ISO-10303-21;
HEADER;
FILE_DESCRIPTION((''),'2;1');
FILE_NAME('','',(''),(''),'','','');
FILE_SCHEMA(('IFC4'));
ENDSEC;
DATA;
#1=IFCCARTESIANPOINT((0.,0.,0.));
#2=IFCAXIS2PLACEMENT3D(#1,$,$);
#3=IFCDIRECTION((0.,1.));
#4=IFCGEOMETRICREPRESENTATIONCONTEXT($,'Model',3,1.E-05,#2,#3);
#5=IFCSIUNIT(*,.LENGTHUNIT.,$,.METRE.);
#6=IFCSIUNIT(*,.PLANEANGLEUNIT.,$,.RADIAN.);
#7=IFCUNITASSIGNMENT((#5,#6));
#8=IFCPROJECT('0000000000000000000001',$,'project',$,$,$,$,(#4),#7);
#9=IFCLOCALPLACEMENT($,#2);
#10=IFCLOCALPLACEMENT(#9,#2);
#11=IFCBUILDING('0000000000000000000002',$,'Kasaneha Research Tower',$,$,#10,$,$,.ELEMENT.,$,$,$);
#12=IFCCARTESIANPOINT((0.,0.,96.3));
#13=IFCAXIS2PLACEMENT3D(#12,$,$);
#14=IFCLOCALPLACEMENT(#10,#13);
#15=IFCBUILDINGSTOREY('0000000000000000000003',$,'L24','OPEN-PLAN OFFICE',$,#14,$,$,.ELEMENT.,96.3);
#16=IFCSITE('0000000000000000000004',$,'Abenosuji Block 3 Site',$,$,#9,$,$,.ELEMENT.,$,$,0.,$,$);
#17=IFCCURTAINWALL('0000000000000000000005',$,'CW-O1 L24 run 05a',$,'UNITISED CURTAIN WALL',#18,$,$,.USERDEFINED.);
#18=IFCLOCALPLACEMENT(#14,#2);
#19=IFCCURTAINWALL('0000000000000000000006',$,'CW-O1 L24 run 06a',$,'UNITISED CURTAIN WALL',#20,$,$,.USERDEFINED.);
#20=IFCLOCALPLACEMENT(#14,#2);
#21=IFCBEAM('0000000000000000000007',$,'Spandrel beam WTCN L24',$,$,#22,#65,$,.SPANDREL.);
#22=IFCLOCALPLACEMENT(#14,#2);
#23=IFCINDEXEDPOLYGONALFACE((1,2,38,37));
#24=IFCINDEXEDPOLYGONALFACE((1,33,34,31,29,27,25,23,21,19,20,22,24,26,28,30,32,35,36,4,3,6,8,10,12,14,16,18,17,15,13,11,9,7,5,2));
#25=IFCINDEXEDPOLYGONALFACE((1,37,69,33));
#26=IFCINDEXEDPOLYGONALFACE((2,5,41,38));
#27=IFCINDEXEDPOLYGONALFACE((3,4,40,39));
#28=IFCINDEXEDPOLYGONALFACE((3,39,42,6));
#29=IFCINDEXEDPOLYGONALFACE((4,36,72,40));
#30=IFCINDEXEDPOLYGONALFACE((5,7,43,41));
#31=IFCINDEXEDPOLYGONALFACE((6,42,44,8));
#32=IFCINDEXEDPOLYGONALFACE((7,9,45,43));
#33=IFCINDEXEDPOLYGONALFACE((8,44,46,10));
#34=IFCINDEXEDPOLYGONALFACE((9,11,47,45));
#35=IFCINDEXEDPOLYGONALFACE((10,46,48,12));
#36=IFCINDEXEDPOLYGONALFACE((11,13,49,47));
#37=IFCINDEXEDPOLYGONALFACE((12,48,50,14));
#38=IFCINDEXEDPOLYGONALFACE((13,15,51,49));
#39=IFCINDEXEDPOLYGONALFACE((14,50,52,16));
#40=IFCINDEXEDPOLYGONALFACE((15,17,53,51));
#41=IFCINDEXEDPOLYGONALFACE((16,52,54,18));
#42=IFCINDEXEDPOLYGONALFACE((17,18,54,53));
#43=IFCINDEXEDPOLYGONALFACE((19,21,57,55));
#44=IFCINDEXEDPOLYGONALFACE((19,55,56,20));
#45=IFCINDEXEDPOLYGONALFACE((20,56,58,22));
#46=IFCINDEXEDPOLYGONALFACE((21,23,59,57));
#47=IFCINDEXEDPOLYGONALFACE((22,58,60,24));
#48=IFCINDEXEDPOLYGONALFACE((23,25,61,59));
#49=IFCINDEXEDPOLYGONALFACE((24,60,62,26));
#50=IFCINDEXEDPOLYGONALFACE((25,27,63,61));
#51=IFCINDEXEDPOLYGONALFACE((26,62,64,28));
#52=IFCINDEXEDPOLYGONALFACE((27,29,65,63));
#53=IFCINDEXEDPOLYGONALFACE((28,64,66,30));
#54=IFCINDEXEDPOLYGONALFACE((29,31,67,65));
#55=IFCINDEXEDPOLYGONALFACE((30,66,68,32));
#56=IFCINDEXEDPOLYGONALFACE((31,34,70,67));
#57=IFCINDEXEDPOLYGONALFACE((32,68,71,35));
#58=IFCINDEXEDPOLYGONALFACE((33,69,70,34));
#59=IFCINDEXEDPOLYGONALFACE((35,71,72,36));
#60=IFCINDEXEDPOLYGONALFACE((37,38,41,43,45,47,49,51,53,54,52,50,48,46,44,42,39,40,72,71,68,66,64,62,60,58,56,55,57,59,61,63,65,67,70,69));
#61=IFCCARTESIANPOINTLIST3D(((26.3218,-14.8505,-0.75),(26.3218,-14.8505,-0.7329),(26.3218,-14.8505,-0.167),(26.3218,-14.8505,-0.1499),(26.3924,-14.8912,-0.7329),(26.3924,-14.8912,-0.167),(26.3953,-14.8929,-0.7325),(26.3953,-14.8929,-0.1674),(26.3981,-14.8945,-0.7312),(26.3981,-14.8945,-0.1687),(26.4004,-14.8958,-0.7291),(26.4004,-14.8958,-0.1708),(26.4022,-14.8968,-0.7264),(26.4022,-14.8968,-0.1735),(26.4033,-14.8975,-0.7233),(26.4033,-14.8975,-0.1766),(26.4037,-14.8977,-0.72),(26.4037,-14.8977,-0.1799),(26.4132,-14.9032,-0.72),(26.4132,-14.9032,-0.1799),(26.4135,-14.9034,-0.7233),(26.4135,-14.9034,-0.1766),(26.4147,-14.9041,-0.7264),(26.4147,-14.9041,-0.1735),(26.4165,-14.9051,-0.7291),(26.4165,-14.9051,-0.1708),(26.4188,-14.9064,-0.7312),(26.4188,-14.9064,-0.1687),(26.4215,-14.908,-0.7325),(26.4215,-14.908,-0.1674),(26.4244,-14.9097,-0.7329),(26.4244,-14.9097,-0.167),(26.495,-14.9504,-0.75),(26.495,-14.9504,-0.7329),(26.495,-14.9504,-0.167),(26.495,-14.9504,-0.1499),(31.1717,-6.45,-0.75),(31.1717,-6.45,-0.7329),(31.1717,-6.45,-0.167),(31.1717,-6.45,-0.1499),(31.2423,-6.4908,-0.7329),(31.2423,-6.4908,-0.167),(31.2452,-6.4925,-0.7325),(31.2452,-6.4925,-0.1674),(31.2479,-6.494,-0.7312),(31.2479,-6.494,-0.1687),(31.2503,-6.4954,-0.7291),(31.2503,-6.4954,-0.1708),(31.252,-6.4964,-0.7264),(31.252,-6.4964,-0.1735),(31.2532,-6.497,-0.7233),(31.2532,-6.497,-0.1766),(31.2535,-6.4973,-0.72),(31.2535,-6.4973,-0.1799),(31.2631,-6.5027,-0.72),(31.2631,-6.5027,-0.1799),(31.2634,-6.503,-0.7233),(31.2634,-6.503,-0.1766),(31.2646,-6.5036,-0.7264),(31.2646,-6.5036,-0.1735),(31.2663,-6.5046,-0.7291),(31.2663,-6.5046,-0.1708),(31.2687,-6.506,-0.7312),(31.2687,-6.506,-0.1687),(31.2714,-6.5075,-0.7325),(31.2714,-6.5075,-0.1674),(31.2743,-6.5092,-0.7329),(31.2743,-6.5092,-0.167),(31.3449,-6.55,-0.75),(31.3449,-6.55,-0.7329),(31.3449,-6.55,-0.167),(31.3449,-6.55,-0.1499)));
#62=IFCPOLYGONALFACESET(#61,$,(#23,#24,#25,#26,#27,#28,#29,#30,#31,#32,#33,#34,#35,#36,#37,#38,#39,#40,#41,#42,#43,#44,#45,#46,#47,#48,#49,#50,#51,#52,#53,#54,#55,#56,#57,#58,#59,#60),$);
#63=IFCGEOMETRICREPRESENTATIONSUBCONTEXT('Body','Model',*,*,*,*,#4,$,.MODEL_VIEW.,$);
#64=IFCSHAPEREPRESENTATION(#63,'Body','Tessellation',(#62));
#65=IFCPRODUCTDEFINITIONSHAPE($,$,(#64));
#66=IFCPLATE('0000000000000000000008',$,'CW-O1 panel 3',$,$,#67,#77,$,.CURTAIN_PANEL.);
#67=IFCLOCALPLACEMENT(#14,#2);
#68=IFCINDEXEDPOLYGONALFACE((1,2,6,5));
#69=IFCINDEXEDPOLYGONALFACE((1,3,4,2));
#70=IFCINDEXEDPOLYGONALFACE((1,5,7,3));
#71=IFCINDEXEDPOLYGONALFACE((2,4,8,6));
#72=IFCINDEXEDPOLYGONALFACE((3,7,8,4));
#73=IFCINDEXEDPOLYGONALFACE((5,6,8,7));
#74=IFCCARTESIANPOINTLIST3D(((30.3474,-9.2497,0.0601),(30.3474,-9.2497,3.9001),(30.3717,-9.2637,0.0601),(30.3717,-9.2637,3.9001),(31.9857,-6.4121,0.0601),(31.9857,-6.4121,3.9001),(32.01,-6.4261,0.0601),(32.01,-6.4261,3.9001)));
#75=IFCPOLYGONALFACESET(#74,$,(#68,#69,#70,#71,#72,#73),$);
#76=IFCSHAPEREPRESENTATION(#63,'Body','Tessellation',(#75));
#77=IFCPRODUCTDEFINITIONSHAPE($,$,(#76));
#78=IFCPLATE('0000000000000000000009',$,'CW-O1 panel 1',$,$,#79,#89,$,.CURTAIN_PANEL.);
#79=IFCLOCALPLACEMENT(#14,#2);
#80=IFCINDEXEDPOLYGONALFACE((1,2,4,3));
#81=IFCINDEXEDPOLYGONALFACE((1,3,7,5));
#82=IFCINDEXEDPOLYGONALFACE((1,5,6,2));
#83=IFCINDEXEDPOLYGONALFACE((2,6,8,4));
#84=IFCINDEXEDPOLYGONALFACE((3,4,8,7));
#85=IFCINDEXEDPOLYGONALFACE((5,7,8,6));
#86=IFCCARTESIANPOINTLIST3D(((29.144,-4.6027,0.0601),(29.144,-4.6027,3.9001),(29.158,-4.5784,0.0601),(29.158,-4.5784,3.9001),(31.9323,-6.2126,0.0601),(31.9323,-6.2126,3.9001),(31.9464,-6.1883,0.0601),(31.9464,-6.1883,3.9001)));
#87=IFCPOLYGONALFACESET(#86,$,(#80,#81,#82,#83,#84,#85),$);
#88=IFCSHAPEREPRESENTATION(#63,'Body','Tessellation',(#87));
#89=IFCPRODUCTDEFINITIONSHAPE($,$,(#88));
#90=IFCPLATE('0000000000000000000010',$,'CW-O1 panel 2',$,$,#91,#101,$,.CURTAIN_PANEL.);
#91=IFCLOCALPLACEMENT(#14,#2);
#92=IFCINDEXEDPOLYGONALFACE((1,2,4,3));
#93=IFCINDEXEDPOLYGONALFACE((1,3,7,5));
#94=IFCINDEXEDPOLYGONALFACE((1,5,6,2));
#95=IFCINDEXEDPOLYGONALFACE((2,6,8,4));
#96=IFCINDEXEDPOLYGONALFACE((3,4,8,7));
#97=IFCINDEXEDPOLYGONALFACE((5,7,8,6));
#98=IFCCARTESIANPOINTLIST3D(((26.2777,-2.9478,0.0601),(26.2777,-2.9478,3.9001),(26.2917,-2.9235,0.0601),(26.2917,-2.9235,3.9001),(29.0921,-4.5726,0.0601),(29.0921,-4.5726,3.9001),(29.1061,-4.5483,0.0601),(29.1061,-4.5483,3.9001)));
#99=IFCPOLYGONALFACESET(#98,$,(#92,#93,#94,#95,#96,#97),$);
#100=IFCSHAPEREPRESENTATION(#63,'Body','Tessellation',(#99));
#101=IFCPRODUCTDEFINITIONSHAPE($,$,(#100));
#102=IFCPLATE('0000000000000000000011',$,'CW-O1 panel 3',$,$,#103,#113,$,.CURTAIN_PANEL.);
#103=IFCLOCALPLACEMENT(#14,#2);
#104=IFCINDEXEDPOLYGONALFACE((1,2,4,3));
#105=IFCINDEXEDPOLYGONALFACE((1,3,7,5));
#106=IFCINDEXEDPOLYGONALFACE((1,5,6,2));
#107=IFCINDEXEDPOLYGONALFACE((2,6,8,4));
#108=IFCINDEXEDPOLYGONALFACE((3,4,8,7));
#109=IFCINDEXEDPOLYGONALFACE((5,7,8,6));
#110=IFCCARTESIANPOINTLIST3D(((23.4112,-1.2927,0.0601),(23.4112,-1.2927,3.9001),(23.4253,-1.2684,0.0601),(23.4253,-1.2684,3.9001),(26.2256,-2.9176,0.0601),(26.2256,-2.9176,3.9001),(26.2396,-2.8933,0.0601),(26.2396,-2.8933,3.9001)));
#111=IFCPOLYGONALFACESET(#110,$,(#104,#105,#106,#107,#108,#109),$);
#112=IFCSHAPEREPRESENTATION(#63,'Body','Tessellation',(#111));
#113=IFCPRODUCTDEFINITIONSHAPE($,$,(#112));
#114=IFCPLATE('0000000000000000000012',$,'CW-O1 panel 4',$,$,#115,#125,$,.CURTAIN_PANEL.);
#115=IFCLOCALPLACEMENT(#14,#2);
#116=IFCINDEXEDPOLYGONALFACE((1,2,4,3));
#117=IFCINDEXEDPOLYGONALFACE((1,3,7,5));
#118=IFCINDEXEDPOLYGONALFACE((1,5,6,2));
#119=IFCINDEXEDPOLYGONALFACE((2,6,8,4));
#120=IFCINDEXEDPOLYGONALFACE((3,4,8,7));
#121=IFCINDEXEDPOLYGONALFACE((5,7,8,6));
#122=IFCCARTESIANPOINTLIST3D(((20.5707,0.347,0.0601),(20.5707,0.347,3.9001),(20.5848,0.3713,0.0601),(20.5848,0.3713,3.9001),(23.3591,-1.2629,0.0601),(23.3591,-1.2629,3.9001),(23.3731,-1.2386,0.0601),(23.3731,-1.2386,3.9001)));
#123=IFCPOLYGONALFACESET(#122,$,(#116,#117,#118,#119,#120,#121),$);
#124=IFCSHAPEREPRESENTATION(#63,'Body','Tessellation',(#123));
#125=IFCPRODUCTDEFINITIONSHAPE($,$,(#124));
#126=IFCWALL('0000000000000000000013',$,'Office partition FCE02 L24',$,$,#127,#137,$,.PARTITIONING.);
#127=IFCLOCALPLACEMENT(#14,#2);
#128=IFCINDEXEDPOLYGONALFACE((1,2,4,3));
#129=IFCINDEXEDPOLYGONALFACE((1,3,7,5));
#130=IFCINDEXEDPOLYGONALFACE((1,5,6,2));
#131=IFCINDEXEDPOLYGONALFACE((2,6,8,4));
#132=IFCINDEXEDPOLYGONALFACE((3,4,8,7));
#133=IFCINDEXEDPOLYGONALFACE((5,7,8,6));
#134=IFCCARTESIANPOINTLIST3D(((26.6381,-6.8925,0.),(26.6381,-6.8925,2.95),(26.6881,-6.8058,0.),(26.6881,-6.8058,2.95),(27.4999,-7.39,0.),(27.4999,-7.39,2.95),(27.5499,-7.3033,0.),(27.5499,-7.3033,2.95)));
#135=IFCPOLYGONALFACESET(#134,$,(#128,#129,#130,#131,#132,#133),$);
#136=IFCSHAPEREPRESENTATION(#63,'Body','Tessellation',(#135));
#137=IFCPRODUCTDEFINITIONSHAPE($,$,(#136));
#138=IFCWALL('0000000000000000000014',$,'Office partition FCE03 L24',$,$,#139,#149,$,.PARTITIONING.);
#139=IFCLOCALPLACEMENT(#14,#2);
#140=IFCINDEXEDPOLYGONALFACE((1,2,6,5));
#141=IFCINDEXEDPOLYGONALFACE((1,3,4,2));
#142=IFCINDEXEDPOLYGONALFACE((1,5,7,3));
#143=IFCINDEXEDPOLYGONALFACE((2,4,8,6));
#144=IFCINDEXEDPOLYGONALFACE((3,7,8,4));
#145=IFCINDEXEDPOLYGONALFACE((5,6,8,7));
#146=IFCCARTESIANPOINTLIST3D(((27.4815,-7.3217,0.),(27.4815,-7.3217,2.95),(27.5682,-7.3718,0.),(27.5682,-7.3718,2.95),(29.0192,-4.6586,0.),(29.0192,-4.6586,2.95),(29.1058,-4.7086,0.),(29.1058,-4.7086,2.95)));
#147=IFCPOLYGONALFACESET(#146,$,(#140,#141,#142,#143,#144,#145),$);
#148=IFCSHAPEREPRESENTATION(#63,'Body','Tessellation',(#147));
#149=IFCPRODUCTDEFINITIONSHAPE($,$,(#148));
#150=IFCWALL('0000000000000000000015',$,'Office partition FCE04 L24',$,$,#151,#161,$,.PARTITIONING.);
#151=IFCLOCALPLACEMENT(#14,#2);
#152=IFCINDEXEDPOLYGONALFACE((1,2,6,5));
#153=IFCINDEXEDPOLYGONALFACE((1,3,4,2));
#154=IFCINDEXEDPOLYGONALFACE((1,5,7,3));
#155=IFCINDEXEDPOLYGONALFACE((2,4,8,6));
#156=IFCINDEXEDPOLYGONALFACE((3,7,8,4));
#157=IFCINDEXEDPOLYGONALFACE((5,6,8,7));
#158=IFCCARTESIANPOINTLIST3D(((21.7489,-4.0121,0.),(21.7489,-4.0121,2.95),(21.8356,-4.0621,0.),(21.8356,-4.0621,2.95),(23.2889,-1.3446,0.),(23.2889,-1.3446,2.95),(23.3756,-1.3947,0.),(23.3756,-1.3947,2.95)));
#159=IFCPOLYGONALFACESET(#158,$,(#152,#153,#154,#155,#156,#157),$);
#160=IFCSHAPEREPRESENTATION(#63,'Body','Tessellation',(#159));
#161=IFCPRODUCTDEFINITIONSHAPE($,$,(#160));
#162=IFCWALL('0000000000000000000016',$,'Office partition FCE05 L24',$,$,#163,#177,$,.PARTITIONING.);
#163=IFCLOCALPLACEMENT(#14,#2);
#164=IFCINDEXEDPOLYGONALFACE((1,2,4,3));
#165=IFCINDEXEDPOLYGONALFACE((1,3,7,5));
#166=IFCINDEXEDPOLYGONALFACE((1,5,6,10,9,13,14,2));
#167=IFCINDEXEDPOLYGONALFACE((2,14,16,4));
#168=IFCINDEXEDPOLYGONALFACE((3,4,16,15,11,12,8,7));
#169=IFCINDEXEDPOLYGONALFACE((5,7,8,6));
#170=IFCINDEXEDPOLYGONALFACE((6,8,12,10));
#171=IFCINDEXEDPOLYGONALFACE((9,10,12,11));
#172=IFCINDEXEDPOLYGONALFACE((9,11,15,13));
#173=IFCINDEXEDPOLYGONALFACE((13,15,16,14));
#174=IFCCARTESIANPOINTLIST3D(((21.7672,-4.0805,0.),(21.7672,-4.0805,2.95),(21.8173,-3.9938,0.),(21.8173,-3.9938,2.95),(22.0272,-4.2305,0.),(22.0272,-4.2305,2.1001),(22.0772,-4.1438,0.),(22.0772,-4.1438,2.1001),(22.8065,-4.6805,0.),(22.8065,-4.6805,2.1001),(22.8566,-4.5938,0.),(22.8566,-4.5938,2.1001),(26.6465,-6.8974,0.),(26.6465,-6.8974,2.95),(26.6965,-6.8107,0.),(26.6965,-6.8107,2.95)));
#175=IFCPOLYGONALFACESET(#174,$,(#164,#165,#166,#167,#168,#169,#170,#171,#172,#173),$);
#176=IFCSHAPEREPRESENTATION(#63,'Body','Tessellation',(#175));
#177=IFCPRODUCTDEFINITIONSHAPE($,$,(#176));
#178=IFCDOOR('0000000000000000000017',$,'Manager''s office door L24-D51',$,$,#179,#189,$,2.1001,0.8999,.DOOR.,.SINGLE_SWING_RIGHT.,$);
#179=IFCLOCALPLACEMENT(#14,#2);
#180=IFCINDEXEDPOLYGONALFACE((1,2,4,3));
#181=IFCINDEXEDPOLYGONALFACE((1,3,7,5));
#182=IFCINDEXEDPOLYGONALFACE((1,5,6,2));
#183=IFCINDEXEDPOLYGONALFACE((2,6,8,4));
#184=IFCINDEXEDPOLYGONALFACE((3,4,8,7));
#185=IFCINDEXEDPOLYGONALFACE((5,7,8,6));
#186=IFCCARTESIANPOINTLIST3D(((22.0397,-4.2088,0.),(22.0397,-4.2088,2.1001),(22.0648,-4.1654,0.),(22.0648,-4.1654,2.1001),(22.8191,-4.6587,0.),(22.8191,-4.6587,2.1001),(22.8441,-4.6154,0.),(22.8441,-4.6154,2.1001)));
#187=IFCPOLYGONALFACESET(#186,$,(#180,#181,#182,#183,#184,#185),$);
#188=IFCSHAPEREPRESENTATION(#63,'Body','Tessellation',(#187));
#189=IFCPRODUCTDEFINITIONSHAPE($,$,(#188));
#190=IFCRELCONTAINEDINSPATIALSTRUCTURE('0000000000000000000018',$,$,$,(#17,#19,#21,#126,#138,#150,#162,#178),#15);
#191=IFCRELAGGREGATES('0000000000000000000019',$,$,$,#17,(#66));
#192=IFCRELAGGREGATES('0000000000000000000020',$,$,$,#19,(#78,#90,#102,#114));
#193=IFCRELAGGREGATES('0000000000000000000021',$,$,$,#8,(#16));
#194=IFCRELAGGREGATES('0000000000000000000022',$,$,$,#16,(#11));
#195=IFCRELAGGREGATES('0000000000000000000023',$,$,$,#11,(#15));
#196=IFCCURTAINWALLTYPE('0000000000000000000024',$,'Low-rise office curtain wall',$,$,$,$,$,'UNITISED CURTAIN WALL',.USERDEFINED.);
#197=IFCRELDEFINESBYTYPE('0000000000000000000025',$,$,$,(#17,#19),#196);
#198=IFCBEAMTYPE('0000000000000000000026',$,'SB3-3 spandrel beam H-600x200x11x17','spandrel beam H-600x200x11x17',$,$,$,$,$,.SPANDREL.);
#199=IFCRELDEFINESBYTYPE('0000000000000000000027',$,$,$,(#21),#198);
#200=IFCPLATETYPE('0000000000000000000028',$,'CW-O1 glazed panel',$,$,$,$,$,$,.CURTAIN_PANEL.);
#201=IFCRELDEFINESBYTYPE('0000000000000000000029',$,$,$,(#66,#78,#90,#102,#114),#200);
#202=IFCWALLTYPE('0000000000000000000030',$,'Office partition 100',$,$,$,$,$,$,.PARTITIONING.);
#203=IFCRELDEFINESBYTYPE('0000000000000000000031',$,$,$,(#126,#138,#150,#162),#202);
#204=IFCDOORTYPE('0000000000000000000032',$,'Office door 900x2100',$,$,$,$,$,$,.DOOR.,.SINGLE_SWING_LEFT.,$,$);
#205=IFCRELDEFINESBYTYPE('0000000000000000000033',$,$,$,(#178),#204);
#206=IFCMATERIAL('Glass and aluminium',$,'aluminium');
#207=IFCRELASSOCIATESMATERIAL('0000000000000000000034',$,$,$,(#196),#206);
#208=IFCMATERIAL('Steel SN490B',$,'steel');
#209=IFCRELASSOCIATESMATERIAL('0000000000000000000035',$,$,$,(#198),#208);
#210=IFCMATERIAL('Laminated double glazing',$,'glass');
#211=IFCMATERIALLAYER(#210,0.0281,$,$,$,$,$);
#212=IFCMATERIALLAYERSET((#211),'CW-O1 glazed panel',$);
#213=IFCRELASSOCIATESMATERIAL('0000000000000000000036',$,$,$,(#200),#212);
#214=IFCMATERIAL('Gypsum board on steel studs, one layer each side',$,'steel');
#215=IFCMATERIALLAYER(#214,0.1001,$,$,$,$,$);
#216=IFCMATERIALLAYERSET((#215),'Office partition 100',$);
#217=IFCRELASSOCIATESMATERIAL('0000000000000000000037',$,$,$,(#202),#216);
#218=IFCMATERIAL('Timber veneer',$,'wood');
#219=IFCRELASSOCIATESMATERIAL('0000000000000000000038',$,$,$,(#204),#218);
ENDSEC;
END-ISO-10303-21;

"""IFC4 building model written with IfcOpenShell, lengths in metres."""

from ifc_helpers import new_model, si_unit, direction, frame, frame_2d, origin, origin_2d, place, context, subcontext, project, spatial, rectangle, i_section, extrude, material, layer, layer_set, material_profile, profile_set, type_object, element, fill, aggregate, save


model = new_model("IFC4")

# Units and contexts
model_context = context("Model", 3, precision=1e-05, world=origin(), true_north=direction((0.0, 1.0)))
body_context = subcontext(model_context, "Body", "Model", "MODEL_VIEW")
ifc_project = project(units=[si_unit("LENGTHUNIT", "METRE"), si_unit("PLANEANGLEUNIT", "RADIAN")], contexts=[model_context])

# Site, building, storey
site_placement = place(None, origin())
site = spatial("IfcSite", under=ifc_project, at=site_placement, Name="Abenosuji Block 3 Site", CompositionType="ELEMENT", RefElevation=0.0)
building_placement = place(site_placement, origin())
building = spatial("IfcBuilding", under=site, at=building_placement, Name="Kasaneha Research Tower", CompositionType="ELEMENT")
storey_placement = place(building_placement, frame((0.0, 0.0, 96.3)))
storey = spatial("IfcBuildingStorey", under=building, at=storey_placement, Name="L24", Description="OPEN-PLAN OFFICE", CompositionType="ELEMENT", Elevation=96.3)

# Curtain walls
ifc_material_1 = material(Name="Glass and aluminium", Category="aluminium")
curtain_wall_type = type_object("IfcCurtainWallType", Name="Low-rise office curtain wall", ElementType="UNITISED CURTAIN WALL", PredefinedType="USERDEFINED", material=ifc_material_1)
curtain_wall_1_placement = place(storey_placement, origin())
curtain_wall_1 = element("IfcCurtainWall", 1, at=curtain_wall_1_placement, inside=storey, type_object=curtain_wall_type, Name="CW-O1 L24 run 05a", ObjectType="UNITISED CURTAIN WALL", PredefinedType="USERDEFINED")
curtain_wall_2_placement = place(storey_placement, origin())
curtain_wall_2 = element("IfcCurtainWall", 2, at=curtain_wall_2_placement, inside=storey, type_object=curtain_wall_type, Name="CW-O1 L24 run 06a", ObjectType="UNITISED CURTAIN WALL", PredefinedType="USERDEFINED")

# Beam
ifc_material_2 = material(Name="Steel SN490B", Category="steel")
ifc_material_profile_1 = material_profile(ifc_material_2, i_section(OverallWidth=0.2, OverallDepth=0.6001, WebThickness=0.011, FlangeThickness=0.0171, FilletRadius=0.0129, at=origin_2d()), Name="H-600x200x11x17")
ifc_profile_set_1 = profile_set([ifc_material_profile_1], Name="Steel SN490B")
beam_type_1 = type_object("IfcBeamType", Name="SB3-3 spandrel beam H-600x200x11x17", Description="spandrel beam H-600x200x11x17", PredefinedType="SPANDREL", material=ifc_profile_set_1)
beam_1_placement = place(storey_placement, frame((31.2583, -6.5, -0.45), z_axis=(-0.499991, -0.866031, 0.0), x_axis=(0.866031, -0.499991, 0.0)))
element("IfcBeam", 3, at=beam_1_placement, inside=storey, type_object=beam_type_1, Name="Spandrel beam WTCN L24", PredefinedType="SPANDREL", context=body_context, shape_type="SweptSolid", body=[
    extrude(i_section(OverallWidth=0.2, OverallDepth=0.6001, WebThickness=0.011, FlangeThickness=0.0171, FilletRadius=0.0129, at=origin_2d()), origin(), (0.0, 0.0, 1.0), 9.7),
])

# Plates
ifc_material_3 = material(Name="Laminated double glazing", Category="glass")
ifc_layer_1 = layer(ifc_material_3, 0.0281)
ifc_layer_set_1 = layer_set([ifc_layer_1], Name="CW-O1 glazed panel")
plate_type = type_object("IfcPlateType", Name="CW-O1 glazed panel", PredefinedType="CURTAIN_PANEL", material=ifc_layer_set_1)
plate_1_placement = place(storey_placement, frame((31.1787, -7.8379, 0.0601), z_axis=(0.0, 0.0, 1.0), x_axis=(0.5, 0.866025, 0.0)))
plate_1 = element("IfcPlate", 4, at=plate_1_placement, type_object=plate_type, Name="CW-O1 panel 3", PredefinedType="CURTAIN_PANEL", context=body_context, shape_type="SweptSolid", body=[
    extrude(rectangle(XDim=3.2766, YDim=0.0281, at=origin_2d()), origin(), (0.0, 0.0, 1.0), 3.8401),
])
aggregate(curtain_wall_1, [plate_1])
plate_2_placement = place(storey_placement, frame((30.5452, -5.3955, 0.0601), z_axis=(0.0, 0.0, 1.0), x_axis=(-0.866025, 0.5, 0.0)))
plate_2 = element("IfcPlate", 5, at=plate_2_placement, type_object=plate_type, Name="CW-O1 panel 1", PredefinedType="CURTAIN_PANEL", context=body_context, shape_type="SweptSolid", body=[
    extrude(rectangle(XDim=3.2197, YDim=0.0281, at=origin_2d()), origin(), (0.0, 0.0, 1.0), 3.8401),
])
plate_3_placement = place(storey_placement, frame((27.6919, -3.748, 0.0601), z_axis=(0.0, 0.0, 1.0), x_axis=(-0.866025, 0.5, 0.0)))
plate_3 = element("IfcPlate", 6, at=plate_3_placement, type_object=plate_type, Name="CW-O1 panel 2", PredefinedType="CURTAIN_PANEL", context=body_context, shape_type="SweptSolid", body=[
    extrude(rectangle(XDim=3.2498, YDim=0.0281, at=origin_2d()), origin(), (0.0, 0.0, 1.0), 3.8401),
])
plate_4_placement = place(storey_placement, frame((24.8254, -2.093, 0.0601), z_axis=(0.0, 0.0, 1.0), x_axis=(-0.866025, 0.5, 0.0)))
plate_4 = element("IfcPlate", 7, at=plate_4_placement, type_object=plate_type, Name="CW-O1 panel 3", PredefinedType="CURTAIN_PANEL", context=body_context, shape_type="SweptSolid", body=[
    extrude(rectangle(XDim=3.2498, YDim=0.0281, at=origin_2d()), origin(), (0.0, 0.0, 1.0), 3.8401),
])
plate_5_placement = place(storey_placement, frame((21.9719, -0.4458, 0.0601), z_axis=(0.0, 0.0, 1.0), x_axis=(-0.866025, 0.5, 0.0)))
plate_5 = element("IfcPlate", 8, at=plate_5_placement, type_object=plate_type, Name="CW-O1 panel 4", PredefinedType="CURTAIN_PANEL", context=body_context, shape_type="SweptSolid", body=[
    extrude(rectangle(XDim=3.2197, YDim=0.0281, at=origin_2d()), origin(), (0.0, 0.0, 1.0), 3.8401),
])
aggregate(curtain_wall_2, [plate_2, plate_3, plate_4, plate_5])

# Walls
ifc_material_4 = material(Name="Gypsum board on steel studs, one layer each side", Category="steel")
ifc_layer_2 = layer(ifc_material_4, 0.1001)
ifc_layer_set_2 = layer_set([ifc_layer_2], Name="Office partition 100")
wall_type_1 = type_object("IfcWallType", Name="Office partition 100", PredefinedType="PARTITIONING", material=ifc_layer_set_2)
wall_1_placement = place(storey_placement, frame((27.5249, -7.3467, 0.0), z_axis=(0.0, 0.0, 1.0), x_axis=(-0.86603, 0.499991, 0.0)))
element("IfcWall", 9, at=wall_1_placement, inside=storey, type_object=wall_type_1, Name="Office partition FCE02 L24", PredefinedType="PARTITIONING", context=body_context, shape_type="SweptSolid", body=[
    extrude(rectangle(XDim=0.9951, YDim=0.1001, at=frame_2d((0.4976, 0.0))), origin(), (0.0, 0.0, 1.0), 2.95),
])
wall_2_placement = place(storey_placement, frame((29.0625, -4.6836, 0.0), z_axis=(0.0, 0.0, 1.0), x_axis=(-0.500016, -0.866016, 0.0)))
element("IfcWall", 10, at=wall_2_placement, inside=storey, type_object=wall_type_1, Name="Office partition FCE03 L24", PredefinedType="PARTITIONING", context=body_context, shape_type="SweptSolid", body=[
    extrude(rectangle(XDim=3.0752, YDim=0.1001, at=frame_2d((1.5376, 0.0))), origin(), (0.0, 0.0, 1.0), 2.95),
])
wall_3_placement = place(storey_placement, frame((21.7922, -4.0371, 0.0), z_axis=(0.0, 0.0, 1.0), x_axis=(0.499992, 0.86603, 0.0)))
element("IfcWall", 11, at=wall_3_placement, inside=storey, type_object=wall_type_1, Name="Office partition FCE04 L24", PredefinedType="PARTITIONING", context=body_context, shape_type="SweptSolid", body=[
    extrude(rectangle(XDim=3.0801, YDim=0.1001, at=frame_2d((1.54, 0.0))), origin(), (0.0, 0.0, 1.0), 2.95),
])

# Wall, opening, door
wall_4_placement = place(storey_placement, frame((26.6714, -6.854, 0.0), z_axis=(0.0, 0.0, 1.0), x_axis=(-0.866032, 0.499989, 0.0)))
wall_4 = element("IfcWall", 12, at=wall_4_placement, inside=storey, type_object=wall_type_1, Name="Office partition FCE05 L24", PredefinedType="PARTITIONING", context=body_context, shape_type="SweptSolid", body=[
    extrude(rectangle(XDim=5.634, YDim=0.1001, at=frame_2d((2.8169, 0.0))), origin(), (0.0, 0.0, 1.0), 2.95),
])
opening_placement = place(wall_4_placement, frame((4.4338, 0.0, 0.0)))
opening = element("IfcOpeningElement", 13, at=opening_placement, cuts=wall_4, PredefinedType="OPENING", context=body_context, shape_type="SweptSolid", body=[
    extrude(rectangle(XDim=0.8999, YDim=2.1001, at=frame_2d((0.45, 1.05))), frame((0.0, 0.0601, 0.0), z_axis=(0.0, -1.0, 0.0), x_axis=(1.0, 0.0, 0.0)), (0.0, 0.0, 1.0), 0.1201),
])
ifc_material_5 = material(Name="Timber veneer", Category="wood")
door_type = type_object("IfcDoorType", Name="Office door 900x2100", OperationType="SINGLE_SWING_LEFT", PredefinedType="DOOR", material=ifc_material_5)
door_placement = place(opening_placement, origin())
door = element("IfcDoor", 14, at=door_placement, inside=storey, type_object=door_type, Name="Manager's office door L24-D51", OperationType="SINGLE_SWING_RIGHT", OverallHeight=2.1001, OverallWidth=0.8999, PredefinedType="DOOR", context=body_context, shape_type="SweptSolid", body=[
    extrude(rectangle(XDim=0.8999, YDim=2.1001, at=frame_2d((0.45, 1.05))), frame((0.0, 0.0249, 0.0), z_axis=(0.0, -1.0, 0.0), x_axis=(1.0, 0.0, 0.0)), (0.0, 0.0, 1.0), 0.05),
])
fill(opening, door)

save(model, "model.ifc")
